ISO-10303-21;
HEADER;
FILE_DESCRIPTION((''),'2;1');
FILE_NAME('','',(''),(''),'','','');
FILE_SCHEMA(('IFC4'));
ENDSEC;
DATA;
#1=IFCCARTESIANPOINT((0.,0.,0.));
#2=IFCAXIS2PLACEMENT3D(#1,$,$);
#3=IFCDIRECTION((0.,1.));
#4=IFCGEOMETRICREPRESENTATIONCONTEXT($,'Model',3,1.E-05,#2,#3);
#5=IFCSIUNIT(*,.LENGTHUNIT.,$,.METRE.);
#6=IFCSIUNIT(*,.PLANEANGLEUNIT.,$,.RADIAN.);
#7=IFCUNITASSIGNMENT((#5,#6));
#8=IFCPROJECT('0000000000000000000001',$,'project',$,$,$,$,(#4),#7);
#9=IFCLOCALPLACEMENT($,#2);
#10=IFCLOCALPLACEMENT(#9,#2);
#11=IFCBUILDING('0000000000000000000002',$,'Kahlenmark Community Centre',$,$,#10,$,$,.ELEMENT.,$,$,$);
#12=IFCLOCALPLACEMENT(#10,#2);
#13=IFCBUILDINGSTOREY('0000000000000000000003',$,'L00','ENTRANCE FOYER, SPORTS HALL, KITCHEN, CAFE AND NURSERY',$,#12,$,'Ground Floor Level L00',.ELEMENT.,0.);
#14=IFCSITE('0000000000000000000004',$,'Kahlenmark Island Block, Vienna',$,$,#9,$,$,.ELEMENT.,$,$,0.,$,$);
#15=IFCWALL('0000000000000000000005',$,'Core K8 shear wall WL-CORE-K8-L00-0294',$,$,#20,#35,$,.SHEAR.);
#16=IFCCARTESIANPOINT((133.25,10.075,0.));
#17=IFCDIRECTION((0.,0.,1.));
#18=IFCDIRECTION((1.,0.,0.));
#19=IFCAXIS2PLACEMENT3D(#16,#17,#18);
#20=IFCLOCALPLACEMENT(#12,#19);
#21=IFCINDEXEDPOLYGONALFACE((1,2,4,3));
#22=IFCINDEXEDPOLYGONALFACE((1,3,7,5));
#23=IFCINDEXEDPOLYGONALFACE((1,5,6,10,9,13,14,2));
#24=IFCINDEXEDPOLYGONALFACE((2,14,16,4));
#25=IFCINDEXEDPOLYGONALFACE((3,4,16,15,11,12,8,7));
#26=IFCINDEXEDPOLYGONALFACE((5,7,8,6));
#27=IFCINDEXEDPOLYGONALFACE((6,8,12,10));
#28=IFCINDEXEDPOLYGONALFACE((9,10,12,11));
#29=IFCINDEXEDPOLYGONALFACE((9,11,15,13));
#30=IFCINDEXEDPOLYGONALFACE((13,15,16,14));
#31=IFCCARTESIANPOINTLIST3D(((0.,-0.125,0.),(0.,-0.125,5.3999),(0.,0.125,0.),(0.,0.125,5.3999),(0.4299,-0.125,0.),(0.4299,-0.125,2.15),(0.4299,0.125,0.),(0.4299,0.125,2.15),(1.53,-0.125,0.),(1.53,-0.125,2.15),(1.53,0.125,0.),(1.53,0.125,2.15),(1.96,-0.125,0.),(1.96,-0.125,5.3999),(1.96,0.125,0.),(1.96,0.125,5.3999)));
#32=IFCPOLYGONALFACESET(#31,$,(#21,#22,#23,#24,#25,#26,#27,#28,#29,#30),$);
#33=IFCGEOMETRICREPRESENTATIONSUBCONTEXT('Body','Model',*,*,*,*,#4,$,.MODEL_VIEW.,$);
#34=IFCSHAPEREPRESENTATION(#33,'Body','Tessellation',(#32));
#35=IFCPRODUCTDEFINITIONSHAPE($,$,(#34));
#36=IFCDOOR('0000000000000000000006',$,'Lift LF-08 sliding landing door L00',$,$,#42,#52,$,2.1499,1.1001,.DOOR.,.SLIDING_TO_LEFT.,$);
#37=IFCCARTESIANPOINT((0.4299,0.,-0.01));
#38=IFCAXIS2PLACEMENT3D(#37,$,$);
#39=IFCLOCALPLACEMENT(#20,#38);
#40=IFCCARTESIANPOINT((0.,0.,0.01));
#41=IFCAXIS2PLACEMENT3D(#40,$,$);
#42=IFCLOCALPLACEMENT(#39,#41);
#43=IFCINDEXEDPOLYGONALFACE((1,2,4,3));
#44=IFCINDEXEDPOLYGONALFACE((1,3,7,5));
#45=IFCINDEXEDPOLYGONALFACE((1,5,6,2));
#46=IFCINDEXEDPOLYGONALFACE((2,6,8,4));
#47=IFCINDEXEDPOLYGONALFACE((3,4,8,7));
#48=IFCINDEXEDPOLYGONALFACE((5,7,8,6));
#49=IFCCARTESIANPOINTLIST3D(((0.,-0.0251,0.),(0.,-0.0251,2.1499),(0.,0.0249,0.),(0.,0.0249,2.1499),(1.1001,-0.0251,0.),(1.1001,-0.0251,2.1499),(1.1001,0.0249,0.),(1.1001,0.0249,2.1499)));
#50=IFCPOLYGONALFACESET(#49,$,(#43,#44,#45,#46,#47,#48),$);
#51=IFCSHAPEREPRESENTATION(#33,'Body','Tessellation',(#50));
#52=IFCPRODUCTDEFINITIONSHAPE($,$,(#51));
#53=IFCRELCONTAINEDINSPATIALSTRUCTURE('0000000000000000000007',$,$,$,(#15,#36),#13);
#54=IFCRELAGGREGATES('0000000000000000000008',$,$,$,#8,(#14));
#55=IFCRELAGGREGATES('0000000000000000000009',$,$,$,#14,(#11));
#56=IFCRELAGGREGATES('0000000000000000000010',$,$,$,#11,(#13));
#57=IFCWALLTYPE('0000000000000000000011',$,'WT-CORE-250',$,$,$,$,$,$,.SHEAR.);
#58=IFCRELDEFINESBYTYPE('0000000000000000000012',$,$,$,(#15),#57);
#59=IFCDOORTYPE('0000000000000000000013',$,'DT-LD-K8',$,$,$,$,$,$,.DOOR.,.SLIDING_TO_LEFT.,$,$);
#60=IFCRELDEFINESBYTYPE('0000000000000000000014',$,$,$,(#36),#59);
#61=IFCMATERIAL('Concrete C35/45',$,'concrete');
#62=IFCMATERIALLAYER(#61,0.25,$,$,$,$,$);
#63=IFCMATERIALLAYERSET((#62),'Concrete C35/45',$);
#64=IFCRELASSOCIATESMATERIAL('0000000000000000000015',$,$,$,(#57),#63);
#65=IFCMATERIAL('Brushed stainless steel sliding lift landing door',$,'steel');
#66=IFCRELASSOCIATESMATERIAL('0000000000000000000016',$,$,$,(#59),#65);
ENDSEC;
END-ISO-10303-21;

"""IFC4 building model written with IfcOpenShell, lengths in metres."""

from ifc_helpers import new_model, si_unit, direction, frame, frame_2d, origin, place, context, subcontext, project, spatial, rectangle, extrude, material, layer, layer_set, type_object, element, fill, save


model = new_model("IFC4")

# Units and contexts
model_context = context("Model", 3, precision=1e-05, world=origin(), true_north=direction((0.0, 1.0)))
body_context = subcontext(model_context, "Body", "Model", "MODEL_VIEW")
ifc_project = project(units=[si_unit("LENGTHUNIT", "METRE"), si_unit("PLANEANGLEUNIT", "RADIAN")], contexts=[model_context])

# Site, building, storey
site_placement = place(None, origin())
site = spatial("IfcSite", under=ifc_project, at=site_placement, Name="Kahlenmark Island Block, Vienna", CompositionType="ELEMENT", RefElevation=0.0)
building_placement = place(site_placement, origin())
building = spatial("IfcBuilding", under=site, at=building_placement, Name="Kahlenmark Community Centre", CompositionType="ELEMENT")
storey_placement = place(building_placement, origin())
storey = spatial("IfcBuildingStorey", under=building, at=storey_placement, Name="L00", Description="ENTRANCE FOYER, SPORTS HALL, KITCHEN, CAFE AND NURSERY", LongName="Ground Floor Level L00", CompositionType="ELEMENT", Elevation=0.0)

# Shared definitions
ifc_material_1 = material(Name="Concrete C35/45", Category="concrete")

# Shared definitions
ifc_layer_1 = layer(ifc_material_1, 0.25)
ifc_layer_set_1 = layer_set([ifc_layer_1], Name="Concrete C35/45")
wall_type_1 = type_object("IfcWallType", Name="WT-CORE-250", PredefinedType="SHEAR", material=ifc_layer_set_1)

# Wall, opening, door
wall_1_placement = place(storey_placement, frame((133.25, 10.075, 0.0), z_axis=(0.0, 0.0, 1.0), x_axis=(1.0, 0.0, 0.0)))
wall_1 = element("IfcWall", 1, at=wall_1_placement, inside=storey, type_object=wall_type_1, Name="Core K8 shear wall WL-CORE-K8-L00-0294", PredefinedType="SHEAR", context=body_context, shape_type="SweptSolid", body=[
    extrude(rectangle(XDim=1.96, YDim=0.25, at=frame_2d((0.98, 0.0))), origin(), (0.0, 0.0, 1.0), 5.3999),
])
opening_1_placement = place(wall_1_placement, frame((0.4299, 0.0, -0.01)))
opening_1 = element("IfcOpeningElement", 2, at=opening_1_placement, cuts=wall_1, PredefinedType="OPENING", context=body_context, shape_type="SweptSolid", body=[
    extrude(rectangle(XDim=1.1001, YDim=2.1599, at=frame_2d((0.55, 1.0801))), frame((0.0, 0.135, 0.0), z_axis=(0.0, -1.0, 0.0), x_axis=(1.0, 0.0, 0.0)), (0.0, 0.0, 1.0), 0.27),
])
ifc_material_2 = material(Name="Brushed stainless steel sliding lift landing door", Category="steel")
door_type = type_object("IfcDoorType", Name="DT-LD-K8", OperationType="SLIDING_TO_LEFT", PredefinedType="DOOR", material=ifc_material_2)
door_placement = place(opening_1_placement, frame((0.0, 0.0, 0.01)))
door = element("IfcDoor", 3, at=door_placement, inside=storey, type_object=door_type, Name="Lift LF-08 sliding landing door L00", OperationType="SLIDING_TO_LEFT", OverallHeight=2.1499, OverallWidth=1.1001, PredefinedType="DOOR", context=body_context, shape_type="SweptSolid", body=[
    extrude(rectangle(XDim=1.1001, YDim=2.1499, at=frame_2d((0.55, 1.075))), frame((0.0, 0.0249, 0.0), z_axis=(0.0, -1.0, 0.0), x_axis=(1.0, 0.0, 0.0)), (0.0, 0.0, 1.0), 0.05),
])
fill(opening_1, door)

save(model, "model.ifc")
